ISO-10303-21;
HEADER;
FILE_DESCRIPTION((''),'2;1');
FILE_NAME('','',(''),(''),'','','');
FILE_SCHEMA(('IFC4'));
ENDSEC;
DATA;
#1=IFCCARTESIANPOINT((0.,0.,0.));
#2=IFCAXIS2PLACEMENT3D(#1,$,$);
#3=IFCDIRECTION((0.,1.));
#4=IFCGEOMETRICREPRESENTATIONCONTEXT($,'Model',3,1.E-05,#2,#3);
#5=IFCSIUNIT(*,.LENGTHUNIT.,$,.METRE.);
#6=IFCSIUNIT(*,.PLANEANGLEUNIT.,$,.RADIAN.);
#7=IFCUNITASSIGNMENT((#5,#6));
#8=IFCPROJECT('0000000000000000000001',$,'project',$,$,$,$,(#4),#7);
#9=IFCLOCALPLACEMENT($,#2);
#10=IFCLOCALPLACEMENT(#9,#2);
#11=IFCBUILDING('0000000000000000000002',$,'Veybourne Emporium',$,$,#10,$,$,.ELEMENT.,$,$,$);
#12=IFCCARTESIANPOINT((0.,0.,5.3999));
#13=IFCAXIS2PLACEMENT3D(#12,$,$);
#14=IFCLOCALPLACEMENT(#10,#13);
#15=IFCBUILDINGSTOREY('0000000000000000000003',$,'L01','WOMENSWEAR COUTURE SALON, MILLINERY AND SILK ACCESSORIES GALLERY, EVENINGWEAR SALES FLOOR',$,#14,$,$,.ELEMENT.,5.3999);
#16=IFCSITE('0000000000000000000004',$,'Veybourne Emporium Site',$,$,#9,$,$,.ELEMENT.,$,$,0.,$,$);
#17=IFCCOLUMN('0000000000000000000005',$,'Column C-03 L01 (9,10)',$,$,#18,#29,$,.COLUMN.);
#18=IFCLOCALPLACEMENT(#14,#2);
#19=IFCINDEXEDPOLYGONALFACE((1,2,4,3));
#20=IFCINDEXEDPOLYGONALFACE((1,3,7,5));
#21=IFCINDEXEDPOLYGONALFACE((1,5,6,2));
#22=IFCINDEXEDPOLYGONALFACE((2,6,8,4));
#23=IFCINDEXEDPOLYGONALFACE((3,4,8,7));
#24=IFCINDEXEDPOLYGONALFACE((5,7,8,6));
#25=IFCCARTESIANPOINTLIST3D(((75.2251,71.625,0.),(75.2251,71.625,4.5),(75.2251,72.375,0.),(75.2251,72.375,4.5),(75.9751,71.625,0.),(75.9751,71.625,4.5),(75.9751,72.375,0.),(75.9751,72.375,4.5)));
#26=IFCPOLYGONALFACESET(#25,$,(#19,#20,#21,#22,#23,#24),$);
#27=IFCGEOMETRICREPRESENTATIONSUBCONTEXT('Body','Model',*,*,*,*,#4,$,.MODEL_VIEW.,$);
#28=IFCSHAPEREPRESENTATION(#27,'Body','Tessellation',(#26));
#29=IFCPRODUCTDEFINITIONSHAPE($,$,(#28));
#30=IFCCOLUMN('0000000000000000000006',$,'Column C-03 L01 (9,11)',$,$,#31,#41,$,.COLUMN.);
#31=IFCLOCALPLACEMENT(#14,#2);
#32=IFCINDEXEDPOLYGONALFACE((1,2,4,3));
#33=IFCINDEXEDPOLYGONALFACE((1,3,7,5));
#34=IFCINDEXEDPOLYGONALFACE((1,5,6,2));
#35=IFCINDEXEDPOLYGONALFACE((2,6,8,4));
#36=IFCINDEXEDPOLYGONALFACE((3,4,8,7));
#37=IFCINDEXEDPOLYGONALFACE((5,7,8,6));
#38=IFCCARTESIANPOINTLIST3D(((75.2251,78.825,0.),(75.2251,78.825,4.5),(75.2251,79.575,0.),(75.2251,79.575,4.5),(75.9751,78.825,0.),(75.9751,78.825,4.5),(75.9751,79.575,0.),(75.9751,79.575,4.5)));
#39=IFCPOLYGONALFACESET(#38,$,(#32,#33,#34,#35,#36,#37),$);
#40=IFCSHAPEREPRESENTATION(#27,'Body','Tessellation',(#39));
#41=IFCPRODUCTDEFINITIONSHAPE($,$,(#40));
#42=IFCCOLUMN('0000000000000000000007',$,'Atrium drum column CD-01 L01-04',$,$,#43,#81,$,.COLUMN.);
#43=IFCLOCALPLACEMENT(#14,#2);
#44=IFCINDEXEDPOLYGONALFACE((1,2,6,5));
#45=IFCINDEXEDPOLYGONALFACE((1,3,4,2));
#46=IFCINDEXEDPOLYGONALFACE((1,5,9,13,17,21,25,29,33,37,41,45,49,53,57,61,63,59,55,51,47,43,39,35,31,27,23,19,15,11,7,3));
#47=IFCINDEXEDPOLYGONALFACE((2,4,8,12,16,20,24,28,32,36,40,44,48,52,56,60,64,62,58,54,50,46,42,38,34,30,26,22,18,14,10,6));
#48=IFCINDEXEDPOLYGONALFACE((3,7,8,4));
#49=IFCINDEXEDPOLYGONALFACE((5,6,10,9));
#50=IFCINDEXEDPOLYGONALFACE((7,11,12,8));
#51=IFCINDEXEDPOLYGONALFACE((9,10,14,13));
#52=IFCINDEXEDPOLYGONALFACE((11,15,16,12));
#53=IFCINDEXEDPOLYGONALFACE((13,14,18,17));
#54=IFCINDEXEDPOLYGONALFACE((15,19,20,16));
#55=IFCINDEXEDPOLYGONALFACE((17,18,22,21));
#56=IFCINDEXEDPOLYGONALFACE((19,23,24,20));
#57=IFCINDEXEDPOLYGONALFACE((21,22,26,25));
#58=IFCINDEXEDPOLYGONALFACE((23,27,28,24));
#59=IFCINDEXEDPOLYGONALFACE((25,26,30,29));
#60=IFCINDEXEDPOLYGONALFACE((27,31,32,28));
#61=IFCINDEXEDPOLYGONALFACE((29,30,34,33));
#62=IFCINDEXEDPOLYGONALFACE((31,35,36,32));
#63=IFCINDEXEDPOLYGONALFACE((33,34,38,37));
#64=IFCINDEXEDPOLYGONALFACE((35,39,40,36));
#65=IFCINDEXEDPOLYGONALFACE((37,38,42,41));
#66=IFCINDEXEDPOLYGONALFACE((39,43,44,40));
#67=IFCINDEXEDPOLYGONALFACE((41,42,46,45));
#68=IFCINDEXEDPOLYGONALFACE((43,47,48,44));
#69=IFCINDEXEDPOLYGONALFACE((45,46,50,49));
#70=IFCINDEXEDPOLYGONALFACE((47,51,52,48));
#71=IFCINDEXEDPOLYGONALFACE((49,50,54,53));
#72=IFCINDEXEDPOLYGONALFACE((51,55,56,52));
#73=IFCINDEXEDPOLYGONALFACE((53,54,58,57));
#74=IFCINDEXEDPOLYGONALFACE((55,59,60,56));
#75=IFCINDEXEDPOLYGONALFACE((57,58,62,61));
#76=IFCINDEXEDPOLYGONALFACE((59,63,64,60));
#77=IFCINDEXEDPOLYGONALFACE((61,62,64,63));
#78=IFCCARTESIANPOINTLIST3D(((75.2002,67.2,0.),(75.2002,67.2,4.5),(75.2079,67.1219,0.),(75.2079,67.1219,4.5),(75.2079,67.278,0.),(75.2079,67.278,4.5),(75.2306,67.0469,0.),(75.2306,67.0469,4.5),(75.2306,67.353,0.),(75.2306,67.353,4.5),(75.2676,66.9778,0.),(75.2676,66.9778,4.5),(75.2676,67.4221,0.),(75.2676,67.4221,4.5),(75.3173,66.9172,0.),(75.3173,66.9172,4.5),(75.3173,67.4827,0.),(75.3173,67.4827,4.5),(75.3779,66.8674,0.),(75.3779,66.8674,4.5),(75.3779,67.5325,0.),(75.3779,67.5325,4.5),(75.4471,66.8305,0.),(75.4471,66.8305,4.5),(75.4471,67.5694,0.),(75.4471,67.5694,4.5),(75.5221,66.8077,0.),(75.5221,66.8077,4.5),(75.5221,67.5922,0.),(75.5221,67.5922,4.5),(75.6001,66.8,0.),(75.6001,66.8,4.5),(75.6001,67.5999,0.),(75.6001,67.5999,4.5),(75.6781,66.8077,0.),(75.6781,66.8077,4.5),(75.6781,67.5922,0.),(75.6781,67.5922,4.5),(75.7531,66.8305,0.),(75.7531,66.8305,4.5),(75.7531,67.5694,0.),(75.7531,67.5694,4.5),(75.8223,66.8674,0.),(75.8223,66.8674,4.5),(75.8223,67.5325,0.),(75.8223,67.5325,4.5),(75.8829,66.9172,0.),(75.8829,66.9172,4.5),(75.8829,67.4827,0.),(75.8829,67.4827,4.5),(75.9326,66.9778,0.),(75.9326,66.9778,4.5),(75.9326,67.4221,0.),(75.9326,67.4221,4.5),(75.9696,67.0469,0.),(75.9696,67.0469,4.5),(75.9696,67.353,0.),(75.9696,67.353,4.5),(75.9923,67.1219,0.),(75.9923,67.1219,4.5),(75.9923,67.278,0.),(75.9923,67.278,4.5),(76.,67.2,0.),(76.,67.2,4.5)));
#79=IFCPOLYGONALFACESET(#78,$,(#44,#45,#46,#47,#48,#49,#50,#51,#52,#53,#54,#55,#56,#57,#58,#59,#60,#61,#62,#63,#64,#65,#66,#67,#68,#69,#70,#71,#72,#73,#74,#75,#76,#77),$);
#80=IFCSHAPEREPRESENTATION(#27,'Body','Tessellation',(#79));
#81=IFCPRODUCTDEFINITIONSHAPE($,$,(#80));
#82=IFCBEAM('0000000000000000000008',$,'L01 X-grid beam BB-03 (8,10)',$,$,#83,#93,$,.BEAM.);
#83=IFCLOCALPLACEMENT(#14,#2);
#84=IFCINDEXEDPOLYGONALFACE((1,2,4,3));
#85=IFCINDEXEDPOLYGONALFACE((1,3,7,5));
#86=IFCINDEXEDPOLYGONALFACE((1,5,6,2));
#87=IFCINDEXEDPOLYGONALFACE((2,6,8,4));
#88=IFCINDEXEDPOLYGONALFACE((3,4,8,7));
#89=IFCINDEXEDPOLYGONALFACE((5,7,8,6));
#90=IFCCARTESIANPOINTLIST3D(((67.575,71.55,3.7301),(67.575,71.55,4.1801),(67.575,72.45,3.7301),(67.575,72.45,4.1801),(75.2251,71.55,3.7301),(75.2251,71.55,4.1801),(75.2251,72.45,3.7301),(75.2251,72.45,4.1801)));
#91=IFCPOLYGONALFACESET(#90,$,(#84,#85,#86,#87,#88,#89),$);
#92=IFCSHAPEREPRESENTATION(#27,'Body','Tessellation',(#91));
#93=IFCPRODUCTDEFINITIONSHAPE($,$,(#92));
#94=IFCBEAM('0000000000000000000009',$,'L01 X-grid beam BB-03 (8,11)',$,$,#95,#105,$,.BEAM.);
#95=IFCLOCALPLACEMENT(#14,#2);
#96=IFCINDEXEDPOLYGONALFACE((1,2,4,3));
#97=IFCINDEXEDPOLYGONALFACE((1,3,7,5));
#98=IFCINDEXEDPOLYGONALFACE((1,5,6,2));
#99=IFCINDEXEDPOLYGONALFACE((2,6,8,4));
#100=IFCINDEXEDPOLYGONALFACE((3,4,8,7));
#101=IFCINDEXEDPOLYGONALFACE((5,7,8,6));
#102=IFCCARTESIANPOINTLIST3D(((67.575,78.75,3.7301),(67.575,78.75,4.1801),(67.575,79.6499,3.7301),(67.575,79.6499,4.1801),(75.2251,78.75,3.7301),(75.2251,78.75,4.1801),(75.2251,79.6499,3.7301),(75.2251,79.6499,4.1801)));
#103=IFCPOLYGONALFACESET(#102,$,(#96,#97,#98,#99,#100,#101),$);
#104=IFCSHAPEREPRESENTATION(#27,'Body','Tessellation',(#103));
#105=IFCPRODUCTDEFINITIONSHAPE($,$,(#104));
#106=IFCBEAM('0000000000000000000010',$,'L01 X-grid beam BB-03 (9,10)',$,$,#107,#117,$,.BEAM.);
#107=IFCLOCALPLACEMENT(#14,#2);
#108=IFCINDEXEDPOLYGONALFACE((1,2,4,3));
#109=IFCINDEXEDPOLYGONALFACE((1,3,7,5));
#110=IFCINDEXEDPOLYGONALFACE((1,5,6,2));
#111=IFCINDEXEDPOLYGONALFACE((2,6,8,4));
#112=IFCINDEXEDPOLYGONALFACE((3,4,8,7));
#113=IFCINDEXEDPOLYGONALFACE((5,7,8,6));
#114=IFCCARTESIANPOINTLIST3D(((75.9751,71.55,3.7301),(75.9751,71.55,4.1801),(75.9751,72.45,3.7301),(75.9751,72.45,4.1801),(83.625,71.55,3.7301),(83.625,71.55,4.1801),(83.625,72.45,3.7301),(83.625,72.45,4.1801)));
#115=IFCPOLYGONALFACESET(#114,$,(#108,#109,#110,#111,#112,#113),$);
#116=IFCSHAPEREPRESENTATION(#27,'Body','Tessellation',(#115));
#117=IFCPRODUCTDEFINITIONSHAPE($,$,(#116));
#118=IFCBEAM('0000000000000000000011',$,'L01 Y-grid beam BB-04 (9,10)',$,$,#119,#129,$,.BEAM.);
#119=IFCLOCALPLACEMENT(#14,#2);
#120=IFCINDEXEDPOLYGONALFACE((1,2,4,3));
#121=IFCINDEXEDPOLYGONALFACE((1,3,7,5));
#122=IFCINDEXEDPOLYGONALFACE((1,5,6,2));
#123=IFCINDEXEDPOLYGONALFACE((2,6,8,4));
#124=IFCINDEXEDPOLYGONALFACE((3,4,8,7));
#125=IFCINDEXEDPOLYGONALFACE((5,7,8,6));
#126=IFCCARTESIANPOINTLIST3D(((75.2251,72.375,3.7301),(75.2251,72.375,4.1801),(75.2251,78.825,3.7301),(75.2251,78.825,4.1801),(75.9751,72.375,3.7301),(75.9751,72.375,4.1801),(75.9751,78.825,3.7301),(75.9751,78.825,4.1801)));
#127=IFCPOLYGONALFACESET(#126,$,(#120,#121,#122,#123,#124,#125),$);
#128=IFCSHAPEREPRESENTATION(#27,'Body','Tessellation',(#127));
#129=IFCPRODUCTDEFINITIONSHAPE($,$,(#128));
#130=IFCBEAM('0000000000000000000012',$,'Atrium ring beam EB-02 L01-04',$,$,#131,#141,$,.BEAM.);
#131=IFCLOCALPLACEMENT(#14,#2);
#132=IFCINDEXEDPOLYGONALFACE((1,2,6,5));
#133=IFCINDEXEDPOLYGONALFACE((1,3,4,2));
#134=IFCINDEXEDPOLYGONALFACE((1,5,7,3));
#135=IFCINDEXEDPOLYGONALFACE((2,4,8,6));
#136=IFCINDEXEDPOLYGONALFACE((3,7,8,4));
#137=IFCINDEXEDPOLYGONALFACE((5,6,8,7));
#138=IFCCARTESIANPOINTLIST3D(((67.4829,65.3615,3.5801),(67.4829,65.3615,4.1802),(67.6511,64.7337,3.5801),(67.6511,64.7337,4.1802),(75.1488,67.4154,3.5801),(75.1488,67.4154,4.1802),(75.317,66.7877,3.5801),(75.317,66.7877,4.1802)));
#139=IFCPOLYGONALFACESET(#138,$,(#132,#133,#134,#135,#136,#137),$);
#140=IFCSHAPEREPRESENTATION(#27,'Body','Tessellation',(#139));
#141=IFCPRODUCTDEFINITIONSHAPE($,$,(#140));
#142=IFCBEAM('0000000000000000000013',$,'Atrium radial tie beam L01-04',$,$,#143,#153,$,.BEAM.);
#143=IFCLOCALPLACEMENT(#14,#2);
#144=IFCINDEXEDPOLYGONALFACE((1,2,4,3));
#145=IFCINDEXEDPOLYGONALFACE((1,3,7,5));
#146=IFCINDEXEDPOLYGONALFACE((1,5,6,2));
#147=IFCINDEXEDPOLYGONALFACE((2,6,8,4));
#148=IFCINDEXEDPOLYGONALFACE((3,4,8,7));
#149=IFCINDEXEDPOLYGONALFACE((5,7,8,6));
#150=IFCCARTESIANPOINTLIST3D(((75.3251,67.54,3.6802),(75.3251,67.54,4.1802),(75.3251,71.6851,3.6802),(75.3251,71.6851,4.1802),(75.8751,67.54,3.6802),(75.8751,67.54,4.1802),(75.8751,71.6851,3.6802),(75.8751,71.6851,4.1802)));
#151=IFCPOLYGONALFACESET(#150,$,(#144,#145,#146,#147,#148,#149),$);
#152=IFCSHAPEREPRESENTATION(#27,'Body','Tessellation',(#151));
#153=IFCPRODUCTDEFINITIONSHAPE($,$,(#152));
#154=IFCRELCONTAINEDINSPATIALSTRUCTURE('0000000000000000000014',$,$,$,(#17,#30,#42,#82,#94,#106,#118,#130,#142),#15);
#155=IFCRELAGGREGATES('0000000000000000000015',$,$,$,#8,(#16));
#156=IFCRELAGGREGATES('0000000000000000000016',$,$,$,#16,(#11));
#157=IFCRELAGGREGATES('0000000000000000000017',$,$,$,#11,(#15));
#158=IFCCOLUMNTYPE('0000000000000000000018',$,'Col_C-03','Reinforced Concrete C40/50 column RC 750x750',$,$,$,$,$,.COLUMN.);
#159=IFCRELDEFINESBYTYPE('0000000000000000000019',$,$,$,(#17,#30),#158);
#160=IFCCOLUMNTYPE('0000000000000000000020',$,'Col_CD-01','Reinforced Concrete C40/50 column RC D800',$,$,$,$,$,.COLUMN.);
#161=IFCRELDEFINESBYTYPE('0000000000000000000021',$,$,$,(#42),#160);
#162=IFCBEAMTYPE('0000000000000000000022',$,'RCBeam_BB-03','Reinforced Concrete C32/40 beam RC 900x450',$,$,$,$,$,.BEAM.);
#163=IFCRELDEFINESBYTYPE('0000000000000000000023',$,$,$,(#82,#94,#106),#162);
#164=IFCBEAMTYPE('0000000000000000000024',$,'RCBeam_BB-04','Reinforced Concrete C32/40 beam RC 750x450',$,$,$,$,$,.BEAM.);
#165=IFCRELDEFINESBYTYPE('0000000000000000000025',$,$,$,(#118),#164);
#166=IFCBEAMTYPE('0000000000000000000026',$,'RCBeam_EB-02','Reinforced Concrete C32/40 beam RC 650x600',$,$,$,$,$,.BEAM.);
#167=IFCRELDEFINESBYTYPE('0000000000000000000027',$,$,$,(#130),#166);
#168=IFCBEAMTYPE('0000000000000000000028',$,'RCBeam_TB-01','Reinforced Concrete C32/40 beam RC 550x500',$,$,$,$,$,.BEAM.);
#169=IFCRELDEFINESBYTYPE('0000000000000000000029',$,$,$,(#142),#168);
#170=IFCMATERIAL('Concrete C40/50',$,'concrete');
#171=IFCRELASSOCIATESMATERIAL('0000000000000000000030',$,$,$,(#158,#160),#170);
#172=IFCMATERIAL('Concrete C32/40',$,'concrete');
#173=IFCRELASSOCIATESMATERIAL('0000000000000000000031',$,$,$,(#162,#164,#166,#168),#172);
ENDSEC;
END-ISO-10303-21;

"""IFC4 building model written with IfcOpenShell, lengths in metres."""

from ifc_helpers import new_model, si_unit, direction, frame, origin, origin_2d, place, context, subcontext, project, spatial, rectangle, circle, extrude, material, material_profile, profile_set, type_object, element, save


model = new_model("IFC4")

# Units and contexts
model_context = context("Model", 3, precision=1e-05, world=origin(), true_north=direction((0.0, 1.0)))
body_context = subcontext(model_context, "Body", "Model", "MODEL_VIEW")
ifc_project = project(units=[si_unit("LENGTHUNIT", "METRE"), si_unit("PLANEANGLEUNIT", "RADIAN")], contexts=[model_context])

# Site, building, storey
site_placement = place(None, origin())
site = spatial("IfcSite", under=ifc_project, at=site_placement, Name="Veybourne Emporium Site", CompositionType="ELEMENT", RefElevation=0.0)
building_placement = place(site_placement, origin())
building = spatial("IfcBuilding", under=site, at=building_placement, Name="Veybourne Emporium", CompositionType="ELEMENT")
storey_placement = place(building_placement, frame((0.0, 0.0, 5.3999)))
storey = spatial("IfcBuildingStorey", under=building, at=storey_placement, Name="L01", Description="WOMENSWEAR COUTURE SALON, MILLINERY AND SILK ACCESSORIES GALLERY, EVENINGWEAR SALES FLOOR", CompositionType="ELEMENT", Elevation=5.3999)

# Columns
ifc_material_1 = material(Name="Concrete C40/50", Category="concrete")
ifc_material_profile_1 = material_profile(ifc_material_1, rectangle(XDim=0.75, YDim=0.75, at=origin_2d()), Name="RC 750x750")
ifc_profile_set_1 = profile_set([ifc_material_profile_1], Name="Concrete C40/50")
column_type_1 = type_object("IfcColumnType", Name="Col_C-03", Description="Reinforced Concrete C40/50 column RC 750x750", PredefinedType="COLUMN", material=ifc_profile_set_1)
for number, where, z_axis, x_axis, name in (
    (1, (75.6001, 72.0, 0.0), (0.0, 0.0, 1.0), (1.0, 0.0, 0.0), "Column C-03 L01 (9,10)"),
    (2, (75.6001, 79.2, 0.0), (0.0, 0.0, 1.0), (1.0, 0.0, 0.0), "Column C-03 L01 (9,11)"),
):
    element("IfcColumn", number, at=place(storey_placement, frame(where, z_axis=z_axis, x_axis=x_axis)), inside=storey, type_object=column_type_1, Name=name, PredefinedType="COLUMN", context=body_context, shape_type="SweptSolid", body=[
        extrude(rectangle(XDim=0.75, YDim=0.75, at=origin_2d()), origin(), (0.0, 0.0, 1.0), 4.5),
    ])
ifc_material_profile_2 = material_profile(ifc_material_1, circle(Radius=0.3999, at=origin_2d()), Name="RC D800")
ifc_profile_set_2 = profile_set([ifc_material_profile_2], Name="Concrete C40/50")
column_type_2 = type_object("IfcColumnType", Name="Col_CD-01", Description="Reinforced Concrete C40/50 column RC D800", PredefinedType="COLUMN", material=ifc_profile_set_2)
column_placement = place(storey_placement, frame((75.6001, 67.2, 0.0), z_axis=(0.0, 0.0, 1.0), x_axis=(1.0, 0.0, 0.0)))
element("IfcColumn", 3, at=column_placement, inside=storey, type_object=column_type_2, Name="Atrium drum column CD-01 L01-04", PredefinedType="COLUMN", context=body_context, shape_type="SweptSolid", body=[
    extrude(circle(Radius=0.3999, at=origin_2d()), origin(), (0.0, 0.0, 1.0), 4.5),
])

# Beams
ifc_material_2 = material(Name="Concrete C32/40", Category="concrete")
ifc_material_profile_3 = material_profile(ifc_material_2, rectangle(XDim=0.8999, YDim=0.45, at=origin_2d()), Name="RC 900x450")
ifc_profile_set_3 = profile_set([ifc_material_profile_3], Name="Concrete C32/40")
beam_type_1 = type_object("IfcBeamType", Name="RCBeam_BB-03", Description="Reinforced Concrete C32/40 beam RC 900x450", PredefinedType="BEAM", material=ifc_profile_set_3)
for number, where, z_axis, x_axis, name in (
    (4, (67.575, 72.0, 3.9551), (1.0, 0.0, 0.0), (0.0, 1.0, 0.0), "L01 X-grid beam BB-03 (8,10)"),
    (5, (67.575, 79.2, 3.9551), (1.0, 0.0, 0.0), (0.0, 1.0, 0.0), "L01 X-grid beam BB-03 (8,11)"),
):
    element("IfcBeam", number, at=place(storey_placement, frame(where, z_axis=z_axis, x_axis=x_axis)), inside=storey, type_object=beam_type_1, Name=name, PredefinedType="BEAM", context=body_context, shape_type="SweptSolid", body=[
        extrude(rectangle(XDim=0.8999, YDim=0.45, at=origin_2d()), origin(), (0.0, 0.0, 1.0), 7.6501),
    ])
beam_1_placement = place(storey_placement, frame((75.9751, 72.0, 3.9551), z_axis=(1.0, 0.0, 0.0), x_axis=(0.0, 1.0, 0.0)))
element("IfcBeam", 6, at=beam_1_placement, inside=storey, type_object=beam_type_1, Name="L01 X-grid beam BB-03 (9,10)", PredefinedType="BEAM", context=body_context, shape_type="SweptSolid", body=[
    extrude(rectangle(XDim=0.8999, YDim=0.45, at=origin_2d()), origin(), (0.0, 0.0, 1.0), 7.6499),
])
ifc_material_profile_4 = material_profile(ifc_material_2, rectangle(XDim=0.75, YDim=0.45, at=origin_2d()), Name="RC 750x450")
ifc_profile_set_4 = profile_set([ifc_material_profile_4], Name="Concrete C32/40")
beam_type_2 = type_object("IfcBeamType", Name="RCBeam_BB-04", Description="Reinforced Concrete C32/40 beam RC 750x450", PredefinedType="BEAM", material=ifc_profile_set_4)
beam_2_placement = place(storey_placement, frame((75.6001, 72.375, 3.9551), z_axis=(0.0, 1.0, 0.0), x_axis=(-1.0, 0.0, 0.0)))
element("IfcBeam", 7, at=beam_2_placement, inside=storey, type_object=beam_type_2, Name="L01 Y-grid beam BB-04 (9,10)", PredefinedType="BEAM", context=body_context, shape_type="SweptSolid", body=[
    extrude(rectangle(XDim=0.75, YDim=0.45, at=origin_2d()), origin(), (0.0, 0.0, 1.0), 6.45),
])
ifc_material_profile_5 = material_profile(ifc_material_2, rectangle(XDim=0.6499, YDim=0.6001, at=origin_2d()), Name="RC 650x600")
ifc_profile_set_5 = profile_set([ifc_material_profile_5], Name="Concrete C32/40")
beam_type_3 = type_object("IfcBeamType", Name="RCBeam_EB-02", Description="Reinforced Concrete C32/40 beam RC 650x600", PredefinedType="BEAM", material=ifc_profile_set_5)
beam_3_placement = place(storey_placement, frame((75.2329, 67.1016, 3.8801), z_axis=(-0.965928, -0.258809, 0.0), x_axis=(0.258809, -0.965928, 0.0)))
element("IfcBeam", 8, at=beam_3_placement, inside=storey, type_object=beam_type_3, Name="Atrium ring beam EB-02 L01-04", PredefinedType="BEAM", context=body_context, shape_type="SweptSolid", body=[
    extrude(rectangle(XDim=0.6499, YDim=0.6001, at=origin_2d()), origin(), (0.0, 0.0, 1.0), 7.9363),
])
ifc_material_profile_6 = material_profile(ifc_material_2, rectangle(XDim=0.55, YDim=0.5, at=origin_2d()), Name="RC 550x500")
ifc_profile_set_6 = profile_set([ifc_material_profile_6], Name="Concrete C32/40")
beam_type_4 = type_object("IfcBeamType", Name="RCBeam_TB-01", Description="Reinforced Concrete C32/40 beam RC 550x500", PredefinedType="BEAM", material=ifc_profile_set_6)
beam_4_placement = place(storey_placement, frame((75.6001, 67.54, 3.9302), z_axis=(0.0, 1.0, 0.0), x_axis=(-1.0, 0.0, 0.0)))
element("IfcBeam", 9, at=beam_4_placement, inside=storey, type_object=beam_type_4, Name="Atrium radial tie beam L01-04", PredefinedType="BEAM", context=body_context, shape_type="SweptSolid", body=[
    extrude(rectangle(XDim=0.55, YDim=0.5, at=origin_2d()), origin(), (0.0, 0.0, 1.0), 4.145),
])

save(model, "model.ifc")
